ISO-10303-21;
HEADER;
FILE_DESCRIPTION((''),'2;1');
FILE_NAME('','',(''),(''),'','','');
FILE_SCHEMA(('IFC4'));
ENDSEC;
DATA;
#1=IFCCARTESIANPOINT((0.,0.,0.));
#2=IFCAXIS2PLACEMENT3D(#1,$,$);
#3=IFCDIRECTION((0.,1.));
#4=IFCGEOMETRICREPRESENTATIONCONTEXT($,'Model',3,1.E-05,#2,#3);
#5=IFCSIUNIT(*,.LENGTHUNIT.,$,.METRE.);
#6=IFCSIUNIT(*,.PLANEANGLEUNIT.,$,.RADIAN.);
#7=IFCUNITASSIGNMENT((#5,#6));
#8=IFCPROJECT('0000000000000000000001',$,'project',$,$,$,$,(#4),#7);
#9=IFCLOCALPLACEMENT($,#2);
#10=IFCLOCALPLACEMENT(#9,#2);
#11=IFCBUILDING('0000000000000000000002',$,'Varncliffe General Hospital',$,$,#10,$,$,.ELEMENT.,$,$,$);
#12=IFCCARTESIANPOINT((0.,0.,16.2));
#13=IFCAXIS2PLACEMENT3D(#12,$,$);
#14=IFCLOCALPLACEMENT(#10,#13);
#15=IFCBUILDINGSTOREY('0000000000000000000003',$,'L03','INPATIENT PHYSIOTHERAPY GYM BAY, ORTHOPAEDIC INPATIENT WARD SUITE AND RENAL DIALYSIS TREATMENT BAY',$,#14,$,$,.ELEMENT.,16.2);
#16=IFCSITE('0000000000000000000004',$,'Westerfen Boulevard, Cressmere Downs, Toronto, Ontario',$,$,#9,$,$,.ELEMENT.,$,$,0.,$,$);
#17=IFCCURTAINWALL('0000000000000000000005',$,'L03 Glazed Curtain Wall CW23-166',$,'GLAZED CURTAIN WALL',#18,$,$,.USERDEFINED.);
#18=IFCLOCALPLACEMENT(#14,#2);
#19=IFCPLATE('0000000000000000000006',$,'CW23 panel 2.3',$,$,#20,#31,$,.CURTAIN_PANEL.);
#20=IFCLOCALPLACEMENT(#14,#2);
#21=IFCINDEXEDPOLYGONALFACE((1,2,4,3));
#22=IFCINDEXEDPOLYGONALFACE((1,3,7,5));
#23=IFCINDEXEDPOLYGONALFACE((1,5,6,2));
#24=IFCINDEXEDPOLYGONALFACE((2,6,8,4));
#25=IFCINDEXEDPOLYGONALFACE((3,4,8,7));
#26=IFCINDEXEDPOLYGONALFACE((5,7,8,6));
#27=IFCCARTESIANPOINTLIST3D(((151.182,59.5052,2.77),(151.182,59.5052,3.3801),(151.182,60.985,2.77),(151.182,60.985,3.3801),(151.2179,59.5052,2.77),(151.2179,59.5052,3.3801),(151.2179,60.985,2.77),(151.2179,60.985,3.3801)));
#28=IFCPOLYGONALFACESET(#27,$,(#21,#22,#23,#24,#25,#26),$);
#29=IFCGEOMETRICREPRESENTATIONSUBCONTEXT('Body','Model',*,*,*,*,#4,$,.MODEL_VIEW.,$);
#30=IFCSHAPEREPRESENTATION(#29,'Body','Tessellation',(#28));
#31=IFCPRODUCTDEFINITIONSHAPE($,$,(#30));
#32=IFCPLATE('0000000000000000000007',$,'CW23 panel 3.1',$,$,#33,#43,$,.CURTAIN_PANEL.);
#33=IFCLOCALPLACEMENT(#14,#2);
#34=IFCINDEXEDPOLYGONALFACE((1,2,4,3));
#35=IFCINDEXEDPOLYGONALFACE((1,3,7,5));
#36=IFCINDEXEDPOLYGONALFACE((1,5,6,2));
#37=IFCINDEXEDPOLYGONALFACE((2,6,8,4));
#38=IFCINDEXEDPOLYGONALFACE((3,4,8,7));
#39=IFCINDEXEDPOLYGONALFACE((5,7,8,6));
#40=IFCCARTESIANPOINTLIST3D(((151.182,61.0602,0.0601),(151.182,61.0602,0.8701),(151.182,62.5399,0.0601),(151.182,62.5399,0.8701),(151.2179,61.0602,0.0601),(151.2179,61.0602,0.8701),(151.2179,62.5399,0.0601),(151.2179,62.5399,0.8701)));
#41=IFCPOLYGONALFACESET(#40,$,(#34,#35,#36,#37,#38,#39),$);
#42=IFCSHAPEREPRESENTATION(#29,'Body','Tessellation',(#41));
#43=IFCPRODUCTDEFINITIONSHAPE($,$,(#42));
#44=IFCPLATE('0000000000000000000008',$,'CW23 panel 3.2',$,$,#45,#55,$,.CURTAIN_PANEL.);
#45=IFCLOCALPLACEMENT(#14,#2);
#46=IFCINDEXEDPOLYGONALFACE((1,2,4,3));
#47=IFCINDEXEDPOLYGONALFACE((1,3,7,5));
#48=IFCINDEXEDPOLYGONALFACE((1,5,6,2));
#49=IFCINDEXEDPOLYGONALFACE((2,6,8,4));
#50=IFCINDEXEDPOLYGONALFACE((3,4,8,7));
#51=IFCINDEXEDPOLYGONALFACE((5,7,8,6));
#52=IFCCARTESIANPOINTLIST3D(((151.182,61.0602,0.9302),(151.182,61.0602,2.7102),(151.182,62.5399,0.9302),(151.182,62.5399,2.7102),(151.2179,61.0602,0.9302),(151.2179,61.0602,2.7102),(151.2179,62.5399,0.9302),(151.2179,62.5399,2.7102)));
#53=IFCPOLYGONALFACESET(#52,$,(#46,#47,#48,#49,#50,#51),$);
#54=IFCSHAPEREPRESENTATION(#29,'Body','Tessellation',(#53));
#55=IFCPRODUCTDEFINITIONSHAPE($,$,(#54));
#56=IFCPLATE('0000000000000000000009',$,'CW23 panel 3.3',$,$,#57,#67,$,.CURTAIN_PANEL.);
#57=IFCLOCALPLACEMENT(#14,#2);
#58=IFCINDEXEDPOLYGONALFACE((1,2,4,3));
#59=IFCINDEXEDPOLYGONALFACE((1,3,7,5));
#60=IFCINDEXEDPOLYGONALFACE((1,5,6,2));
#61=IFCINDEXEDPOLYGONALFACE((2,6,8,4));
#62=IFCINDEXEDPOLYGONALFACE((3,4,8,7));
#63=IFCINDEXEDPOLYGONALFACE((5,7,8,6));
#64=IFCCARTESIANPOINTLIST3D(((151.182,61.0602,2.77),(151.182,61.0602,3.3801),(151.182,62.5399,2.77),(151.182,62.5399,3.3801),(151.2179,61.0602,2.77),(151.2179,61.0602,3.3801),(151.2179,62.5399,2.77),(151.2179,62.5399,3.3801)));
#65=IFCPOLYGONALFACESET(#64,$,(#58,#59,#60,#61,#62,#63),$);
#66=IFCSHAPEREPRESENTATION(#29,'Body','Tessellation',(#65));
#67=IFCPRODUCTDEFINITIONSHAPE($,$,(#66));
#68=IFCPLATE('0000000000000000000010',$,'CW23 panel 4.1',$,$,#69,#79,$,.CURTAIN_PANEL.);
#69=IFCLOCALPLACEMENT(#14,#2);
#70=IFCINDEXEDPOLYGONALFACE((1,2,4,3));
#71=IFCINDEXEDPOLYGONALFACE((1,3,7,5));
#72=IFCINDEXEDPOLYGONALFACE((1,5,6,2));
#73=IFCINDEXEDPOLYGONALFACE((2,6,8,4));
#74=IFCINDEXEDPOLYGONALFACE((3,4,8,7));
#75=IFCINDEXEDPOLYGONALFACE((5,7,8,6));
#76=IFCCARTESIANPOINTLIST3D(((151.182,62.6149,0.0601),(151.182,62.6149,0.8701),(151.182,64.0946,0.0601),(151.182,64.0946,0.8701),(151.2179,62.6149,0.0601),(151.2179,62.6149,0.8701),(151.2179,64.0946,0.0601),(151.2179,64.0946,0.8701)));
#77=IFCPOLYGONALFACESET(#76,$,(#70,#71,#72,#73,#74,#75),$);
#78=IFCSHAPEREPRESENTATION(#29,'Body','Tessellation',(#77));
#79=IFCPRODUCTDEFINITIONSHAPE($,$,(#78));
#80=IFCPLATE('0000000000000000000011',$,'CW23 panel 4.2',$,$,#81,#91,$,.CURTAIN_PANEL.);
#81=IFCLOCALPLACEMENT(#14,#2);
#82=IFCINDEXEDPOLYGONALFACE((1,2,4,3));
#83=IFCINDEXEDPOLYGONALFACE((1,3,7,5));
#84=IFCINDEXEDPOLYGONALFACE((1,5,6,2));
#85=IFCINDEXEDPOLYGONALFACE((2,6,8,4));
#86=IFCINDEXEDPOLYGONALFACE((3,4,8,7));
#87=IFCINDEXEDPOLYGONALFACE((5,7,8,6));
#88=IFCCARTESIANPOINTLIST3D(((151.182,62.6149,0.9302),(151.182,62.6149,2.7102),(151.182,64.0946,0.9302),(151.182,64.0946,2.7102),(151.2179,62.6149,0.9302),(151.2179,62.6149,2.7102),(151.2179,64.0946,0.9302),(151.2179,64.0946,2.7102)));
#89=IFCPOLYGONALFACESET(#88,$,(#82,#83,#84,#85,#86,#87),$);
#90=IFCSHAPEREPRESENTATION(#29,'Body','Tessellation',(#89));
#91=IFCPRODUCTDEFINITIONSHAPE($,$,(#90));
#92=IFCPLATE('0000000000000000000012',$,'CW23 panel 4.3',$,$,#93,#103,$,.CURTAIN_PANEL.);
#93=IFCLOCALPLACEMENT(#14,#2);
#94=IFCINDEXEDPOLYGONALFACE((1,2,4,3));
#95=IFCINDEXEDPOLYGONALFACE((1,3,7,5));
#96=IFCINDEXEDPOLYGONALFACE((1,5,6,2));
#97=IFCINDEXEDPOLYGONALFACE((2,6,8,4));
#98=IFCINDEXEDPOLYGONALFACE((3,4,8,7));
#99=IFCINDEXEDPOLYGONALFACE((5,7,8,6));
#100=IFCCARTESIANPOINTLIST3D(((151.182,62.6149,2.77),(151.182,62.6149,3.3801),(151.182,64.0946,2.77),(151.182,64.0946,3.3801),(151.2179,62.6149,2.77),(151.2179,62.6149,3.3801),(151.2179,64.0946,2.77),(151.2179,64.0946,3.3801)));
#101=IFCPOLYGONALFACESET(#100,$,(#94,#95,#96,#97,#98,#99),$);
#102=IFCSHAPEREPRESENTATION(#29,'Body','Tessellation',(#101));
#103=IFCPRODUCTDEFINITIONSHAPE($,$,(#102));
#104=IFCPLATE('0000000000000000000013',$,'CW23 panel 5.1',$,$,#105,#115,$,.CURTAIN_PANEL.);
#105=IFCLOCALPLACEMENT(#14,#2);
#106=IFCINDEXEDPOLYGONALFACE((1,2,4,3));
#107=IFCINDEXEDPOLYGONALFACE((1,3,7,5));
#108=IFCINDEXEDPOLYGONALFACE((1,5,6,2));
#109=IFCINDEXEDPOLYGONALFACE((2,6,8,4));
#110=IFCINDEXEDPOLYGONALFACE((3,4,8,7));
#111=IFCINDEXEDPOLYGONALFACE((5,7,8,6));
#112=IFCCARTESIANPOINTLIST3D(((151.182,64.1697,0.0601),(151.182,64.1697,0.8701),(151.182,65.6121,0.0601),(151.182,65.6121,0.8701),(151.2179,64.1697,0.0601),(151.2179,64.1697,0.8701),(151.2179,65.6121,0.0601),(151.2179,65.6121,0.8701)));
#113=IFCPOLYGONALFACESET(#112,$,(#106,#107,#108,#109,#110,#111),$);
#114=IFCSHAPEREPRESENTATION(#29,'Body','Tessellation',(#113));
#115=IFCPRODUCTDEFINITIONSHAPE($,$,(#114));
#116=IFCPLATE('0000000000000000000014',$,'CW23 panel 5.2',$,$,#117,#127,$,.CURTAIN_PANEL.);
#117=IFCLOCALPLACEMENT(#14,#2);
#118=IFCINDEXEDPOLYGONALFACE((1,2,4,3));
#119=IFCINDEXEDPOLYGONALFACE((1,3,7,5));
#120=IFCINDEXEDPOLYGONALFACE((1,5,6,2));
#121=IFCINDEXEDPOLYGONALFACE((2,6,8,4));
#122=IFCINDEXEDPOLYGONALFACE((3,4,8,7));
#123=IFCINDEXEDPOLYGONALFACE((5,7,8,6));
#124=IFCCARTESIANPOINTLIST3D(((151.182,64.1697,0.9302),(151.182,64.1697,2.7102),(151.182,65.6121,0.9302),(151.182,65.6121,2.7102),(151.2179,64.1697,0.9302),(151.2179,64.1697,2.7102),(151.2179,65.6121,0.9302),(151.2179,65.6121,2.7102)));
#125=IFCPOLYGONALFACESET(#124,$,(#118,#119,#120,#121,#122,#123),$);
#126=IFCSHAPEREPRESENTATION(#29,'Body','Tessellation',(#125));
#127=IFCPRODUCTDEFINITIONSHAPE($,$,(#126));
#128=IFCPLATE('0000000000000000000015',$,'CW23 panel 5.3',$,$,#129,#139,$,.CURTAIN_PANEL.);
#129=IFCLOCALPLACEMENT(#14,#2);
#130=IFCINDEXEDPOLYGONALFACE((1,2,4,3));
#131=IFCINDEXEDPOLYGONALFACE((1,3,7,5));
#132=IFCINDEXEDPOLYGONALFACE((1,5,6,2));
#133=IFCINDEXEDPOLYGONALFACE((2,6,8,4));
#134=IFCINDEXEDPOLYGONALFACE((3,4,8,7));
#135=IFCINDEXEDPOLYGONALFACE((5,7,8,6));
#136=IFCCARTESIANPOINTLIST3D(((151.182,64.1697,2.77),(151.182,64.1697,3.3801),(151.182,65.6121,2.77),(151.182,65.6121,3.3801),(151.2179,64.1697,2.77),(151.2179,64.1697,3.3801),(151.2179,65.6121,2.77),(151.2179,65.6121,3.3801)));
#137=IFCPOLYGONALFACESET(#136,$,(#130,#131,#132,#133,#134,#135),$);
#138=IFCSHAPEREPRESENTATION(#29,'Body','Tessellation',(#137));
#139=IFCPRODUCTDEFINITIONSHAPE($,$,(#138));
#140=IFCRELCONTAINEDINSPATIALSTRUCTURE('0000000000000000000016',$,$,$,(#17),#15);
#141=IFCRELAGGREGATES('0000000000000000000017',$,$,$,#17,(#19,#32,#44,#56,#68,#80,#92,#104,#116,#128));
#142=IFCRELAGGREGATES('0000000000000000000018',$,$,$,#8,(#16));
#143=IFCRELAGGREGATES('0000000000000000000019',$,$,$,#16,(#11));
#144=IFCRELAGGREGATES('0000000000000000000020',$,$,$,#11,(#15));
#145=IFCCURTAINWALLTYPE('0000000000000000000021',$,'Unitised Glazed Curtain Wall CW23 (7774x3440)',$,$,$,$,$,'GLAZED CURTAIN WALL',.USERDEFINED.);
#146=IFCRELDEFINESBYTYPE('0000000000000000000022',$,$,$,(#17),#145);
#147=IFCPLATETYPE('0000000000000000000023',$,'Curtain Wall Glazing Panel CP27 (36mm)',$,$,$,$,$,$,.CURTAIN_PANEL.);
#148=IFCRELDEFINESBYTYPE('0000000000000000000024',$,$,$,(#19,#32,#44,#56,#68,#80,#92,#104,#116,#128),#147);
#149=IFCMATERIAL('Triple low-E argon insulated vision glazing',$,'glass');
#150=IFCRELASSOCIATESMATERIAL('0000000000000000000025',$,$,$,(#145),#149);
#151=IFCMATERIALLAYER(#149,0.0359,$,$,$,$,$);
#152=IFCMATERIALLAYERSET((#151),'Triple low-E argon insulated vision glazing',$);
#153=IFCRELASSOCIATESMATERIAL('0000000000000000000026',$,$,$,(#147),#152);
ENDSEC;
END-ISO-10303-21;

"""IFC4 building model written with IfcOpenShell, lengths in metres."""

from ifc_helpers import new_model, si_unit, direction, frame, origin, origin_2d, place, context, subcontext, project, spatial, rectangle, extrude, material, layer, layer_set, type_object, element, aggregate, save


model = new_model("IFC4")

# Units and contexts
model_context = context("Model", 3, precision=1e-05, world=origin(), true_north=direction((0.0, 1.0)))
body_context = subcontext(model_context, "Body", "Model", "MODEL_VIEW")
ifc_project = project(units=[si_unit("LENGTHUNIT", "METRE"), si_unit("PLANEANGLEUNIT", "RADIAN")], contexts=[model_context])

# Site, building, storey
site_placement = place(None, origin())
site = spatial("IfcSite", under=ifc_project, at=site_placement, Name="Westerfen Boulevard, Cressmere Downs, Toronto, Ontario", CompositionType="ELEMENT", RefElevation=0.0)
building_placement = place(site_placement, origin())
building = spatial("IfcBuilding", under=site, at=building_placement, Name="Varncliffe General Hospital", CompositionType="ELEMENT")
storey_placement = place(building_placement, frame((0.0, 0.0, 16.2)))
storey = spatial("IfcBuildingStorey", under=building, at=storey_placement, Name="L03", Description="INPATIENT PHYSIOTHERAPY GYM BAY, ORTHOPAEDIC INPATIENT WARD SUITE AND RENAL DIALYSIS TREATMENT BAY", CompositionType="ELEMENT", Elevation=16.2)

# Curtain wall
ifc_material_1 = material(Name="Triple low-E argon insulated vision glazing", Category="glass")
curtain_wall_type = type_object("IfcCurtainWallType", Name="Unitised Glazed Curtain Wall CW23 (7774x3440)", ElementType="GLAZED CURTAIN WALL", PredefinedType="USERDEFINED", material=ifc_material_1)
curtain_wall_placement = place(storey_placement, origin())
curtain_wall = element("IfcCurtainWall", 1, at=curtain_wall_placement, inside=storey, type_object=curtain_wall_type, Name="L03 Glazed Curtain Wall CW23-166", ObjectType="GLAZED CURTAIN WALL", PredefinedType="USERDEFINED")

# Plates
ifc_layer = layer(ifc_material_1, 0.0359)
ifc_layer_set = layer_set([ifc_layer], Name="Triple low-E argon insulated vision glazing")
plate_type = type_object("IfcPlateType", Name="Curtain Wall Glazing Panel CP27 (36mm)", PredefinedType="CURTAIN_PANEL", material=ifc_layer_set)
plate_1_placement = place(storey_placement, frame((151.2, 60.2451, 2.77), z_axis=(0.0, 0.0, 1.0), x_axis=(0.0, 1.0, 0.0)))
plate_1 = element("IfcPlate", 2, at=plate_1_placement, type_object=plate_type, Name="CW23 panel 2.3", PredefinedType="CURTAIN_PANEL", context=body_context, shape_type="SweptSolid", body=[
    extrude(rectangle(XDim=1.4797, YDim=0.0359, at=origin_2d()), origin(), (0.0, 0.0, 1.0), 0.6101),
])
plate_2_placement = place(storey_placement, frame((151.2, 61.8, 0.0601), z_axis=(0.0, 0.0, 1.0), x_axis=(0.0, 1.0, 0.0)))
plate_2 = element("IfcPlate", 3, at=plate_2_placement, type_object=plate_type, Name="CW23 panel 3.1", PredefinedType="CURTAIN_PANEL", context=body_context, shape_type="SweptSolid", body=[
    extrude(rectangle(XDim=1.4797, YDim=0.0359, at=origin_2d()), origin(), (0.0, 0.0, 1.0), 0.8101),
])
plate_3_placement = place(storey_placement, frame((151.2, 61.8, 0.9302), z_axis=(0.0, 0.0, 1.0), x_axis=(0.0, 1.0, 0.0)))
plate_3 = element("IfcPlate", 4, at=plate_3_placement, type_object=plate_type, Name="CW23 panel 3.2", PredefinedType="CURTAIN_PANEL", context=body_context, shape_type="SweptSolid", body=[
    extrude(rectangle(XDim=1.4797, YDim=0.0359, at=origin_2d()), origin(), (0.0, 0.0, 1.0), 1.78),
])
plate_4_placement = place(storey_placement, frame((151.2, 61.8, 2.77), z_axis=(0.0, 0.0, 1.0), x_axis=(0.0, 1.0, 0.0)))
plate_4 = element("IfcPlate", 5, at=plate_4_placement, type_object=plate_type, Name="CW23 panel 3.3", PredefinedType="CURTAIN_PANEL", context=body_context, shape_type="SweptSolid", body=[
    extrude(rectangle(XDim=1.4797, YDim=0.0359, at=origin_2d()), origin(), (0.0, 0.0, 1.0), 0.6101),
])
plate_5_placement = place(storey_placement, frame((151.2, 63.3547, 0.0601), z_axis=(0.0, 0.0, 1.0), x_axis=(0.0, 1.0, 0.0)))
plate_5 = element("IfcPlate", 6, at=plate_5_placement, type_object=plate_type, Name="CW23 panel 4.1", PredefinedType="CURTAIN_PANEL", context=body_context, shape_type="SweptSolid", body=[
    extrude(rectangle(XDim=1.4797, YDim=0.0359, at=origin_2d()), origin(), (0.0, 0.0, 1.0), 0.8101),
])
plate_6_placement = place(storey_placement, frame((151.2, 63.3547, 0.9302), z_axis=(0.0, 0.0, 1.0), x_axis=(0.0, 1.0, 0.0)))
plate_6 = element("IfcPlate", 7, at=plate_6_placement, type_object=plate_type, Name="CW23 panel 4.2", PredefinedType="CURTAIN_PANEL", context=body_context, shape_type="SweptSolid", body=[
    extrude(rectangle(XDim=1.4797, YDim=0.0359, at=origin_2d()), origin(), (0.0, 0.0, 1.0), 1.78),
])
plate_7_placement = place(storey_placement, frame((151.2, 63.3547, 2.77), z_axis=(0.0, 0.0, 1.0), x_axis=(0.0, 1.0, 0.0)))
plate_7 = element("IfcPlate", 8, at=plate_7_placement, type_object=plate_type, Name="CW23 panel 4.3", PredefinedType="CURTAIN_PANEL", context=body_context, shape_type="SweptSolid", body=[
    extrude(rectangle(XDim=1.4797, YDim=0.0359, at=origin_2d()), origin(), (0.0, 0.0, 1.0), 0.6101),
])
plate_8_placement = place(storey_placement, frame((151.2, 64.8909, 0.0601), z_axis=(0.0, 0.0, 1.0), x_axis=(0.0, 1.0, 0.0)))
plate_8 = element("IfcPlate", 9, at=plate_8_placement, type_object=plate_type, Name="CW23 panel 5.1", PredefinedType="CURTAIN_PANEL", context=body_context, shape_type="SweptSolid", body=[
    extrude(rectangle(XDim=1.4424, YDim=0.0359, at=origin_2d()), origin(), (0.0, 0.0, 1.0), 0.8101),
])
plate_9_placement = place(storey_placement, frame((151.2, 64.8909, 0.9302), z_axis=(0.0, 0.0, 1.0), x_axis=(0.0, 1.0, 0.0)))
plate_9 = element("IfcPlate", 10, at=plate_9_placement, type_object=plate_type, Name="CW23 panel 5.2", PredefinedType="CURTAIN_PANEL", context=body_context, shape_type="SweptSolid", body=[
    extrude(rectangle(XDim=1.4424, YDim=0.0359, at=origin_2d()), origin(), (0.0, 0.0, 1.0), 1.78),
])
plate_10_placement = place(storey_placement, frame((151.2, 64.8909, 2.77), z_axis=(0.0, 0.0, 1.0), x_axis=(0.0, 1.0, 0.0)))
plate_10 = element("IfcPlate", 11, at=plate_10_placement, type_object=plate_type, Name="CW23 panel 5.3", PredefinedType="CURTAIN_PANEL", context=body_context, shape_type="SweptSolid", body=[
    extrude(rectangle(XDim=1.4424, YDim=0.0359, at=origin_2d()), origin(), (0.0, 0.0, 1.0), 0.6101),
])
aggregate(curtain_wall, [plate_1, plate_2, plate_3, plate_4, plate_5, plate_6, plate_7, plate_8, plate_9, plate_10])

save(model, "model.ifc")
